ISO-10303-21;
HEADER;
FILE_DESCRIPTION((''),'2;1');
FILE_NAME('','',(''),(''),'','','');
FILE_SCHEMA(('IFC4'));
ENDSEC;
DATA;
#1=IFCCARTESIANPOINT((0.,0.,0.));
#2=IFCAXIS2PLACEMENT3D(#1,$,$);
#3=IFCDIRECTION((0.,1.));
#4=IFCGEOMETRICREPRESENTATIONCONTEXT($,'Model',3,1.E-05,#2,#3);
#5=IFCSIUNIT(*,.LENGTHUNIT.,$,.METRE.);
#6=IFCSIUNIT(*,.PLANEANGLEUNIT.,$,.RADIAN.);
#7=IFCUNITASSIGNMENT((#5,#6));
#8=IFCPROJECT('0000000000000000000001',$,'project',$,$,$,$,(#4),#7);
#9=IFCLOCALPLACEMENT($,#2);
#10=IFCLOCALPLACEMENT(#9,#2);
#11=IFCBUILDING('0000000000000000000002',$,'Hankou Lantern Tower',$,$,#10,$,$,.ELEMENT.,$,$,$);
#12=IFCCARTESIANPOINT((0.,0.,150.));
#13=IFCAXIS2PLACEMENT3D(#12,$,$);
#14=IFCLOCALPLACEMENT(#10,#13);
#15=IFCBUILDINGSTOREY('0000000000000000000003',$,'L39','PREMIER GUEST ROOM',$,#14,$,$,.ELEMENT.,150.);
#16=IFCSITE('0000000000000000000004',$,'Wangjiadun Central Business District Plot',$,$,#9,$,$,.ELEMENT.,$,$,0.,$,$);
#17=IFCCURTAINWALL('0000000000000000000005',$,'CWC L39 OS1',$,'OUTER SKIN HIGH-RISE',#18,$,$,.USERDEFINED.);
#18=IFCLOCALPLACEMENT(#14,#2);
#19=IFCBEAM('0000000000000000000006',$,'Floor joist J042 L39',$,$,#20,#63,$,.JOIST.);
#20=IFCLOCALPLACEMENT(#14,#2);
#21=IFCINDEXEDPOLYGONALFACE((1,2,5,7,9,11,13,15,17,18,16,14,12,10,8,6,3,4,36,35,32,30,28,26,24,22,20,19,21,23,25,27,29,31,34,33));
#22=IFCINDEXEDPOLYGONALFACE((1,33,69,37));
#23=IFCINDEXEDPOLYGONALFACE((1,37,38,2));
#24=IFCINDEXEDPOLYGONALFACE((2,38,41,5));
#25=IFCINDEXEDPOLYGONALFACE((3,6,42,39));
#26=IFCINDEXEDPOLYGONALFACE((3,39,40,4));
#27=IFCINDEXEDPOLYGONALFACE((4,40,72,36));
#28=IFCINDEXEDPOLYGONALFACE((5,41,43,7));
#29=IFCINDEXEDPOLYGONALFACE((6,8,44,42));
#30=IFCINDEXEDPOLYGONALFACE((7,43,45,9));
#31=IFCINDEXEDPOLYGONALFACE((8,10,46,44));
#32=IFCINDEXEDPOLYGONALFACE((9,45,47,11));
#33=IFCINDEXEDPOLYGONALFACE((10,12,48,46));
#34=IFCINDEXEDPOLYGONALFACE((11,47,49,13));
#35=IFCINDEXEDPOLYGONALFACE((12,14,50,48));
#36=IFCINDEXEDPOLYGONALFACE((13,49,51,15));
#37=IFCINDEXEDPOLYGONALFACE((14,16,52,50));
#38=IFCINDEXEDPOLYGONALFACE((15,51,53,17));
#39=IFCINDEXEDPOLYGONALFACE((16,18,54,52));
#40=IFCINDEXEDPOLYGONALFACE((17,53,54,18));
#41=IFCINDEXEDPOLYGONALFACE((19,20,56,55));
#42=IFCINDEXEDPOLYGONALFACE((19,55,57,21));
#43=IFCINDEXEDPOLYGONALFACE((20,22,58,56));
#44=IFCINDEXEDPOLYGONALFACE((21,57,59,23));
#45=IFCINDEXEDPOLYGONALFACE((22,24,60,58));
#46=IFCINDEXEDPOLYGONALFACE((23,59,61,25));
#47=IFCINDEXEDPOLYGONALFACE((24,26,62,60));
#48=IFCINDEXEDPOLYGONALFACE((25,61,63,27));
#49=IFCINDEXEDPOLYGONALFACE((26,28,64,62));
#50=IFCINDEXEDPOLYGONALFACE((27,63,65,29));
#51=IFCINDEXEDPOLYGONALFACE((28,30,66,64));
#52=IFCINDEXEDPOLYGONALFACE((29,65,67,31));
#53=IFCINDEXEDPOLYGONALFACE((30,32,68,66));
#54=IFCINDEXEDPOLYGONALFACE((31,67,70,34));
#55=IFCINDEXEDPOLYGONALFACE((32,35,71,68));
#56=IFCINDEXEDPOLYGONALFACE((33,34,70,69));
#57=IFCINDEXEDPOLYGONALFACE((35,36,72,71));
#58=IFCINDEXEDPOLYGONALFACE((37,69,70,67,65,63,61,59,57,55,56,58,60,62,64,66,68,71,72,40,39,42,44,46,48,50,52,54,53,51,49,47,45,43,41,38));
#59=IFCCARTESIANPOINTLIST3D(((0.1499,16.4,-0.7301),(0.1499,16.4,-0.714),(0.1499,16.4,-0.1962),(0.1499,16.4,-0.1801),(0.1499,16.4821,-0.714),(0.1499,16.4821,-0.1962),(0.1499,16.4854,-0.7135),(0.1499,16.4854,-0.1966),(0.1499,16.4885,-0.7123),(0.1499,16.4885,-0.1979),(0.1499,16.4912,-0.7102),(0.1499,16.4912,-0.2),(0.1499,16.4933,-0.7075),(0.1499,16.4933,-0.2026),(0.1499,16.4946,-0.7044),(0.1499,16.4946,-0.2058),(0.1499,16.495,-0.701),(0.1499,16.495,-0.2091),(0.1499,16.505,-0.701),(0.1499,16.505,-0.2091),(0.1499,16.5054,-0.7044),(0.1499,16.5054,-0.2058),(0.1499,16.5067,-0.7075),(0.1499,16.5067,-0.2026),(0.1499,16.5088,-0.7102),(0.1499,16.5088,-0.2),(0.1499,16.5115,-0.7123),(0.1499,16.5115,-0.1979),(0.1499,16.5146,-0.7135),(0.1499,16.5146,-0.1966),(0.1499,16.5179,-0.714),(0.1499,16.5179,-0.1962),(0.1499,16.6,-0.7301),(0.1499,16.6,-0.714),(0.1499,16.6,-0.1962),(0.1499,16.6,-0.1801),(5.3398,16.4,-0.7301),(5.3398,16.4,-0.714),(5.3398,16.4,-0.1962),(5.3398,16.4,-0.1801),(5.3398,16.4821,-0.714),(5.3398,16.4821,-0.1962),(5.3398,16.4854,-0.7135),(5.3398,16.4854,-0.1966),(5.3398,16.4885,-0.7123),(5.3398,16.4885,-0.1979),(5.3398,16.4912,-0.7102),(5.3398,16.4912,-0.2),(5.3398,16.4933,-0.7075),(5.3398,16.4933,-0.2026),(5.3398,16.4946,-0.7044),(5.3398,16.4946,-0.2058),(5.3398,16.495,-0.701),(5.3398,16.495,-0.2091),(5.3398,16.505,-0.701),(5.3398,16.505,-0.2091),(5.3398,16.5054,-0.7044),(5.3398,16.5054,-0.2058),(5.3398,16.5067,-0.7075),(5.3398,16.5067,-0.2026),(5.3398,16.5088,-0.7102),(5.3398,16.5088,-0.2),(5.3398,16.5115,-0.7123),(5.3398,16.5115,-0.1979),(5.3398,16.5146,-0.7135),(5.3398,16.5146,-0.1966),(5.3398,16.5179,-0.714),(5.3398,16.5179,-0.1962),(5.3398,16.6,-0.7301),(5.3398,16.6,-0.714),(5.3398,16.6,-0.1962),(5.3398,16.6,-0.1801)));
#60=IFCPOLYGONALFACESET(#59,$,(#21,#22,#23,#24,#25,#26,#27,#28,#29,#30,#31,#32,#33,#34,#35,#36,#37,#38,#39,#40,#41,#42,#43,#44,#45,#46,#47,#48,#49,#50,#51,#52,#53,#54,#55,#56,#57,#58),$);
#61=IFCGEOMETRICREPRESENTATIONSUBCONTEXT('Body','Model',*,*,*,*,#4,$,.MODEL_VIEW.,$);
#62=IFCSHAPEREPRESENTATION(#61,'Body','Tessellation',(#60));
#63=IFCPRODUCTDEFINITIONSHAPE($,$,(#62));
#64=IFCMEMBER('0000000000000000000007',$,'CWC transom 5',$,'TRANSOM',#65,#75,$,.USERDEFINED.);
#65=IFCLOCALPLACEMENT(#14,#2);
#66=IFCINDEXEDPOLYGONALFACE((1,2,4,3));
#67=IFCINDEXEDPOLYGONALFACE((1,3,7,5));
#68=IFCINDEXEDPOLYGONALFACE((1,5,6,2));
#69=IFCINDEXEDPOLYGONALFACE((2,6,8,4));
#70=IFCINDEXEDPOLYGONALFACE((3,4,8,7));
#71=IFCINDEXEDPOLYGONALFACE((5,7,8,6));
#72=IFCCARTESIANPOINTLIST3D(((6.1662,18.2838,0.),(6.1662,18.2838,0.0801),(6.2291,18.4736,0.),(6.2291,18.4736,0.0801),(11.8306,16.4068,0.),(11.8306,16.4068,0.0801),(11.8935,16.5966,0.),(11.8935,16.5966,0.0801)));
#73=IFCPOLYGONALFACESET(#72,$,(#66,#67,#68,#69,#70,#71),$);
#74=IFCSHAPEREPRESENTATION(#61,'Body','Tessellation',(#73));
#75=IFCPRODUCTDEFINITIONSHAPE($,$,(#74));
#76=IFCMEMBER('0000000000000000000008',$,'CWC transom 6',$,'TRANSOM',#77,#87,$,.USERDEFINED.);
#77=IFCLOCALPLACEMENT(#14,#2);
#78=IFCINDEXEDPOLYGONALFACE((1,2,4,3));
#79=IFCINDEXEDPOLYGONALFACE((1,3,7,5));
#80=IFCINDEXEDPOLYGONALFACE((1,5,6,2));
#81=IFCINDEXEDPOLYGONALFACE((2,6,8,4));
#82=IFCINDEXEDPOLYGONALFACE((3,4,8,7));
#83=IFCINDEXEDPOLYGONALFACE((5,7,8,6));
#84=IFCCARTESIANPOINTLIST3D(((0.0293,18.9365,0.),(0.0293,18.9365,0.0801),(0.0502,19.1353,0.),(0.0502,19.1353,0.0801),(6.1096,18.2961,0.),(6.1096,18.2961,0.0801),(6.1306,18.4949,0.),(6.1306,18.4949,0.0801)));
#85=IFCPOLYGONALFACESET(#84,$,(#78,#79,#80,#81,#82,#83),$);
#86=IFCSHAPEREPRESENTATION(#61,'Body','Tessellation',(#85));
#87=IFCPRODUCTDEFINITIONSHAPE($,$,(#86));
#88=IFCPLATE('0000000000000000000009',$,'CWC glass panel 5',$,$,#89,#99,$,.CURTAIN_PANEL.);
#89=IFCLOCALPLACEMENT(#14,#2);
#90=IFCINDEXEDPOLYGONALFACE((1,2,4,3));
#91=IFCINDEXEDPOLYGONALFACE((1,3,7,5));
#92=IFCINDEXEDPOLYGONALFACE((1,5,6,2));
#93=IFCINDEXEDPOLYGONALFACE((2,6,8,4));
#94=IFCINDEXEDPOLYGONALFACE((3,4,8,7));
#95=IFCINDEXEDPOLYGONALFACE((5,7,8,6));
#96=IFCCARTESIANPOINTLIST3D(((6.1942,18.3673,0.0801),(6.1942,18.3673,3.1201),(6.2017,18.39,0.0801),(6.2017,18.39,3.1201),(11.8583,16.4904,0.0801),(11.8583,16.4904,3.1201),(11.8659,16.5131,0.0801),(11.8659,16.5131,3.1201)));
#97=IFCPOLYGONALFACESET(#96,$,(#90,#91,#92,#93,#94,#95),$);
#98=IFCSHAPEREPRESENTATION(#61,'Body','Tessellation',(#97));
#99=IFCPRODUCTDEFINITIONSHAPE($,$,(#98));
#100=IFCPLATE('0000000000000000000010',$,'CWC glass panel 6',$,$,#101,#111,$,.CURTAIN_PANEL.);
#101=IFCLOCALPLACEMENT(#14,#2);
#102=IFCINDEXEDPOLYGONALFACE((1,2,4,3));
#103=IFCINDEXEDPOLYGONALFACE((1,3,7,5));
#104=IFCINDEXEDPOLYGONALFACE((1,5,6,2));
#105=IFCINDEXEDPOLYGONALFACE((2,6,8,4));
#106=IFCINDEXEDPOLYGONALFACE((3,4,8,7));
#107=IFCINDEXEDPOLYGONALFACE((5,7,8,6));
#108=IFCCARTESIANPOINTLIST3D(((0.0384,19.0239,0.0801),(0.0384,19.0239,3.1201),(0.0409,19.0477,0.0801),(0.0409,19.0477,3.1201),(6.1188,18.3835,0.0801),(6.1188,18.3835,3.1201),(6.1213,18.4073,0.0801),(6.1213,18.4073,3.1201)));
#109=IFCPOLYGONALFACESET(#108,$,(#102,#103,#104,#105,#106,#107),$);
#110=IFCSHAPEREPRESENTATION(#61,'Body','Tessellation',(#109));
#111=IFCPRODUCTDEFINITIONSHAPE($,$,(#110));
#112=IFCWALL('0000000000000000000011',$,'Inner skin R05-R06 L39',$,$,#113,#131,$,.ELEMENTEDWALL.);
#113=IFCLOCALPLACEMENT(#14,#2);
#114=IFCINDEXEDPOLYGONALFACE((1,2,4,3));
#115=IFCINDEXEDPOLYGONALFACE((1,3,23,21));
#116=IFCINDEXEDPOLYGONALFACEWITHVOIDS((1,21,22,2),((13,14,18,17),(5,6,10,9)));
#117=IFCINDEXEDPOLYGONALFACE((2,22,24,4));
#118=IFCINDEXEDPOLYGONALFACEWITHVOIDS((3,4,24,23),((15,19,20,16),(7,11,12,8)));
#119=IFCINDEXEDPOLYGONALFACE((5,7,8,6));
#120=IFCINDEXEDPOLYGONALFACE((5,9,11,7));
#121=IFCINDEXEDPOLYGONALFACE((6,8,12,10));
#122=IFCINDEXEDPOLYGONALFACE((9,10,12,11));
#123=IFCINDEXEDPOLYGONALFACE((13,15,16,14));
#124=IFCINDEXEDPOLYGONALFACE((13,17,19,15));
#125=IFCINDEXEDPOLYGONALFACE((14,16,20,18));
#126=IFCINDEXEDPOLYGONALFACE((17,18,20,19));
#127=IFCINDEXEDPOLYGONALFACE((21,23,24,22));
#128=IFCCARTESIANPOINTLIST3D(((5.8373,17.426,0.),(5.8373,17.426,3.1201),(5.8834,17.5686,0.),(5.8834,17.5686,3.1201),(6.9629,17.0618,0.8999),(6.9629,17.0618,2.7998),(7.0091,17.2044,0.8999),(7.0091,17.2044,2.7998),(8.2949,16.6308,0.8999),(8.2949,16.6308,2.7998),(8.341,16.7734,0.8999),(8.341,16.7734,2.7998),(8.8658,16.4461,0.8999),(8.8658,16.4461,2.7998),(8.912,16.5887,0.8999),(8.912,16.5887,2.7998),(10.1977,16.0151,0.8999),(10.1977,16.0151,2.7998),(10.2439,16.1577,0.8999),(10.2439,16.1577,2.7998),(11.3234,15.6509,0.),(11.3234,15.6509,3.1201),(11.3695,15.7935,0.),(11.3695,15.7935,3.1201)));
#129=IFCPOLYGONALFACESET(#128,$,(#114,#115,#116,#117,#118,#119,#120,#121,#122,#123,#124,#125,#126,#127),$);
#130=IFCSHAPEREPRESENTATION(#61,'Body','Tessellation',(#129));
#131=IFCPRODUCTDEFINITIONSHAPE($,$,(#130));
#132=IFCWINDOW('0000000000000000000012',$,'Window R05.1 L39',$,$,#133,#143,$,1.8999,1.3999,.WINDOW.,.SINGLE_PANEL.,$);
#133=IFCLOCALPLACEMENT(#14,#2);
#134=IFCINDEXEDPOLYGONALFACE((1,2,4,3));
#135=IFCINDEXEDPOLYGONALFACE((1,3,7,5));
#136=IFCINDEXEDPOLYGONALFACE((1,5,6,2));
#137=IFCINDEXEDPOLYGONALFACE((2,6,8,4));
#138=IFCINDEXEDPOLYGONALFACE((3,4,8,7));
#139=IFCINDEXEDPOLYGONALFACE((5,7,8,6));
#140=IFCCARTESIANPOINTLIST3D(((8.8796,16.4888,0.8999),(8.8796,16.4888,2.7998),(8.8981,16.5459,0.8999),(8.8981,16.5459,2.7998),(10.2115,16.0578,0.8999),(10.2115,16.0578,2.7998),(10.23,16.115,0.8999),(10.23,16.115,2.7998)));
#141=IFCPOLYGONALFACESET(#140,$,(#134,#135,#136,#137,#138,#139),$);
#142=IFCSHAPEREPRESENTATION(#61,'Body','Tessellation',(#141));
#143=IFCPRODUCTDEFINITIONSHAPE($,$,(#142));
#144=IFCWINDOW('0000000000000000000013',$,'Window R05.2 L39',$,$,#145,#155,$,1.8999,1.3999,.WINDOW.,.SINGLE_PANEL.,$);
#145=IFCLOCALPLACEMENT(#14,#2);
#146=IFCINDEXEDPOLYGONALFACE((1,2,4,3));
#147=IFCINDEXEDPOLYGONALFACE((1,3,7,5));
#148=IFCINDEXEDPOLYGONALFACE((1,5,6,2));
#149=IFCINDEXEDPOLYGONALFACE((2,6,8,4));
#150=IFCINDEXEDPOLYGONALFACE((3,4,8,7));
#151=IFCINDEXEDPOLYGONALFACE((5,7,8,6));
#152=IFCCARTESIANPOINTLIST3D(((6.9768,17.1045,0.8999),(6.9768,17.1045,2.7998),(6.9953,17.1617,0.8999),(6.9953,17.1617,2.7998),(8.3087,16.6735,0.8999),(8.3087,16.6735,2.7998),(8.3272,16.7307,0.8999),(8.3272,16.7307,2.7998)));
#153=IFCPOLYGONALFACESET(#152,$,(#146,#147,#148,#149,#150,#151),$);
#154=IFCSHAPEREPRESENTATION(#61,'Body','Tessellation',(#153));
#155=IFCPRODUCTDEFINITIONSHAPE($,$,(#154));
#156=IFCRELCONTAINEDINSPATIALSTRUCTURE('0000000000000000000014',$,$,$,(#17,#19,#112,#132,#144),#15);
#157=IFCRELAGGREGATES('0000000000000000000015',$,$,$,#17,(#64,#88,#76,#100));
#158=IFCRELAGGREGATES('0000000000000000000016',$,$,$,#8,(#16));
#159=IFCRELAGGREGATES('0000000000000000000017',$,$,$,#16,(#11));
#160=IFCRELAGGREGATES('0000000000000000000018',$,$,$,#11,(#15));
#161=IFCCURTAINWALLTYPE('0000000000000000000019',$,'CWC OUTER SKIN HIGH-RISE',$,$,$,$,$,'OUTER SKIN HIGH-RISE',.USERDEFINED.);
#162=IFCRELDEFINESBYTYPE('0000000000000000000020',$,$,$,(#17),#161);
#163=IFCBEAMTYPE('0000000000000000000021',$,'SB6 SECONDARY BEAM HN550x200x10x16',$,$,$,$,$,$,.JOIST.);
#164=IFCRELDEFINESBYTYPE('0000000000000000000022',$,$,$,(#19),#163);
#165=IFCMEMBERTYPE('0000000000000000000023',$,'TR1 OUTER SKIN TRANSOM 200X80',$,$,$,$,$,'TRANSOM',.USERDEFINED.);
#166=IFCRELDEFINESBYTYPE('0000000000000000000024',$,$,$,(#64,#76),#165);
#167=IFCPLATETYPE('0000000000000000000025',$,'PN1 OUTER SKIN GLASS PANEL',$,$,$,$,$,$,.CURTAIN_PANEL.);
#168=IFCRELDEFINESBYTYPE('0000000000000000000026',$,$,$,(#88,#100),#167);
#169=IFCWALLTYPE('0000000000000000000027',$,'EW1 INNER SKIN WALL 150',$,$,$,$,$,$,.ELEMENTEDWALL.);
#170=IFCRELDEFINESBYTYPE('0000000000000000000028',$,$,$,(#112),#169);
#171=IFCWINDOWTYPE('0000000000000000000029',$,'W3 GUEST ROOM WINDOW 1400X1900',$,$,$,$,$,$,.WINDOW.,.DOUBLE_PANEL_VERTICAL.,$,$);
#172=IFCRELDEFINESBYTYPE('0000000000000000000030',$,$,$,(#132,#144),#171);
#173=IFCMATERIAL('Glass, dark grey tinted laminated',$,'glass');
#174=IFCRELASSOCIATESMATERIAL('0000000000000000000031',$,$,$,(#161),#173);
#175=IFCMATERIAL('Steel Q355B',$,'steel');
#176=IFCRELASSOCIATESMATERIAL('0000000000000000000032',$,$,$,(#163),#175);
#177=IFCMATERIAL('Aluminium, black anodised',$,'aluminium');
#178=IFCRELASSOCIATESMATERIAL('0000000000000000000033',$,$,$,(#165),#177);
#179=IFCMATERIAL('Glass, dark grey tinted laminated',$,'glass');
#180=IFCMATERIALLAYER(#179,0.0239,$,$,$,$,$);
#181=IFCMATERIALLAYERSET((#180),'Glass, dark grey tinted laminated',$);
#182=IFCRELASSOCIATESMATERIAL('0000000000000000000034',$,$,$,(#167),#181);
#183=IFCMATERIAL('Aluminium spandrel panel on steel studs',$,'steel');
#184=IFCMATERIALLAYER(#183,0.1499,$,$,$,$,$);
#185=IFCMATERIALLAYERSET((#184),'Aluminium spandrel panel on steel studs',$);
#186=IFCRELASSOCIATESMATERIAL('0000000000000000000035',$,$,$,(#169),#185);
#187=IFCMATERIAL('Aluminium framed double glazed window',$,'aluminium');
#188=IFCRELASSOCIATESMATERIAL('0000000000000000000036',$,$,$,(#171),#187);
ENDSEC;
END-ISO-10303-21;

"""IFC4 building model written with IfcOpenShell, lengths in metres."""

from ifc_helpers import new_model, si_unit, direction, frame, frame_2d, origin, origin_2d, place, context, subcontext, project, spatial, rectangle, i_section, extrude, material, layer, layer_set, material_profile, profile_set, type_object, element, fill, aggregate, save


model = new_model("IFC4")

# Units and contexts
model_context = context("Model", 3, precision=1e-05, world=origin(), true_north=direction((0.0, 1.0)))
body_context = subcontext(model_context, "Body", "Model", "MODEL_VIEW")
ifc_project = project(units=[si_unit("LENGTHUNIT", "METRE"), si_unit("PLANEANGLEUNIT", "RADIAN")], contexts=[model_context])

# Site, building, storey
site_placement = place(None, origin())
site = spatial("IfcSite", under=ifc_project, at=site_placement, Name="Wangjiadun Central Business District Plot", CompositionType="ELEMENT", RefElevation=0.0)
building_placement = place(site_placement, origin())
building = spatial("IfcBuilding", under=site, at=building_placement, Name="Hankou Lantern Tower", CompositionType="ELEMENT")
storey_placement = place(building_placement, frame((0.0, 0.0, 150.0)))
storey = spatial("IfcBuildingStorey", under=building, at=storey_placement, Name="L39", Description="PREMIER GUEST ROOM", CompositionType="ELEMENT", Elevation=150.0)

# Curtain wall
ifc_material_1 = material(Name="Glass, dark grey tinted laminated", Category="glass")
curtain_wall_type = type_object("IfcCurtainWallType", Name="CWC OUTER SKIN HIGH-RISE", ElementType="OUTER SKIN HIGH-RISE", PredefinedType="USERDEFINED", material=ifc_material_1)
curtain_wall_1_placement = place(storey_placement, origin())
curtain_wall_1 = element("IfcCurtainWall", 1, at=curtain_wall_1_placement, inside=storey, type_object=curtain_wall_type, Name="CWC L39 OS1", ObjectType="OUTER SKIN HIGH-RISE", PredefinedType="USERDEFINED")

# Beam
ifc_material_2 = material(Name="Steel Q355B", Category="steel")
ifc_material_profile_1 = material_profile(ifc_material_2, i_section(OverallWidth=0.2, OverallDepth=0.55, WebThickness=0.01, FlangeThickness=0.0161, FilletRadius=0.0129, at=origin_2d()), Name="HN550x200x10x16")
ifc_profile_set_1 = profile_set([ifc_material_profile_1], Name="Steel Q355B")
beam_type_1 = type_object("IfcBeamType", Name="SB6 SECONDARY BEAM HN550x200x10x16", PredefinedType="JOIST", material=ifc_profile_set_1)
beam_1_placement = place(storey_placement, frame((0.1499, 16.5, -0.4551), z_axis=(1.0, 0.0, 0.0), x_axis=(0.0, 1.0, 0.0)))
element("IfcBeam", 2, at=beam_1_placement, inside=storey, type_object=beam_type_1, Name="Floor joist J042 L39", PredefinedType="JOIST", context=body_context, shape_type="SweptSolid", body=[
    extrude(i_section(OverallWidth=0.2, OverallDepth=0.55, WebThickness=0.01, FlangeThickness=0.0161, FilletRadius=0.0129, at=origin_2d()), origin(), (0.0, 0.0, 1.0), 5.1899),
])

# Members
ifc_material_3 = material(Name="Aluminium, black anodised", Category="aluminium")
ifc_material_profile_2 = material_profile(ifc_material_3, rectangle(XDim=0.2, YDim=0.0801, at=origin_2d()), Name="TR1 200X80")
ifc_profile_set_2 = profile_set([ifc_material_profile_2], Name="Aluminium, black anodised")
member_type_1 = type_object("IfcMemberType", Name="TR1 OUTER SKIN TRANSOM 200X80", ElementType="TRANSOM", PredefinedType="USERDEFINED", material=ifc_profile_set_2)
member_1_placement = place(storey_placement, frame((11.8621, 16.5017, 0.04), z_axis=(-0.949242, 0.314546, 0.0), x_axis=(-0.314546, -0.949242, 0.0)))
member_1 = element("IfcMember", 3, at=member_1_placement, type_object=member_type_1, Name="CWC transom 5", ObjectType="TRANSOM", PredefinedType="USERDEFINED", context=body_context, shape_type="SweptSolid", body=[
    extrude(rectangle(XDim=0.2, YDim=0.0801, at=origin_2d()), origin(), (0.0, 0.0, 1.0), 5.9673),
])
member_2_placement = place(storey_placement, frame((6.1201, 18.3955, 0.04), z_axis=(-0.9945, 0.104741, 0.0), x_axis=(-0.104741, -0.9945, 0.0)))
member_2 = element("IfcMember", 4, at=member_2_placement, type_object=member_type_1, Name="CWC transom 6", ObjectType="TRANSOM", PredefinedType="USERDEFINED", context=body_context, shape_type="SweptSolid", body=[
    extrude(rectangle(XDim=0.2, YDim=0.0801, at=origin_2d()), origin(), (0.0, 0.0, 1.0), 6.114),
])

# Plates
ifc_material_4 = material(Name="Glass, dark grey tinted laminated", Category="glass")
ifc_layer_1 = layer(ifc_material_4, 0.0239)
ifc_layer_set_1 = layer_set([ifc_layer_1], Name="Glass, dark grey tinted laminated")
plate_type = type_object("IfcPlateType", Name="PN1 OUTER SKIN GLASS PANEL", PredefinedType="CURTAIN_PANEL", material=ifc_layer_set_1)
plate_1_placement = place(storey_placement, frame((9.03, 17.4402, 0.0801), z_axis=(0.0, 0.0, 1.0), x_axis=(-0.949241, 0.314551, 0.0)))
plate_1 = element("IfcPlate", 5, at=plate_1_placement, type_object=plate_type, Name="CWC glass panel 5", PredefinedType="CURTAIN_PANEL", context=body_context, shape_type="SweptSolid", body=[
    extrude(rectangle(XDim=5.967, YDim=0.0239, at=origin_2d()), origin(), (0.0, 0.0, 1.0), 3.04),
])
plate_2_placement = place(storey_placement, frame((3.0798, 18.7156, 0.0801), z_axis=(0.0, 0.0, 1.0), x_axis=(-0.994499, 0.104743, 0.0)))
plate_2 = element("IfcPlate", 6, at=plate_2_placement, type_object=plate_type, Name="CWC glass panel 6", PredefinedType="CURTAIN_PANEL", context=body_context, shape_type="SweptSolid", body=[
    extrude(rectangle(XDim=6.114, YDim=0.0239, at=origin_2d()), origin(), (0.0, 0.0, 1.0), 3.04),
])
aggregate(curtain_wall_1, [member_1, plate_1, member_2, plate_2])

# Wall, openings, windows
ifc_material_5 = material(Name="Aluminium spandrel panel on steel studs", Category="steel")
ifc_layer_2 = layer(ifc_material_5, 0.1499)
ifc_layer_set_2 = layer_set([ifc_layer_2], Name="Aluminium spandrel panel on steel studs")
wall_type_1 = type_object("IfcWallType", Name="EW1 INNER SKIN WALL 150", PredefinedType="ELEMENTEDWALL", material=ifc_layer_set_2)
wall_1_placement = place(storey_placement, frame((11.3464, 15.7222, 0.0), z_axis=(0.0, 0.0, 1.0), x_axis=(-0.951432, 0.307857, 0.0)))
wall_1 = element("IfcWall", 7, at=wall_1_placement, inside=storey, type_object=wall_type_1, Name="Inner skin R05-R06 L39", PredefinedType="ELEMENTEDWALL", context=body_context, shape_type="SweptSolid", body=[
    extrude(rectangle(XDim=5.7661, YDim=0.1499, at=frame_2d((2.8831, 0.0))), origin(), (0.0, 0.0, 1.0), 3.1201),
])
opening_1_placement = place(wall_1_placement, frame((1.1831, 0.0, 0.8999)))
opening_1 = element("IfcOpeningElement", 8, at=opening_1_placement, cuts=wall_1, PredefinedType="OPENING", context=body_context, shape_type="SweptSolid", body=[
    extrude(rectangle(XDim=1.3999, YDim=1.8999, at=frame_2d((0.7, 0.95))), frame((0.0, 0.085, 0.0), z_axis=(0.0, -1.0, 0.0), x_axis=(1.0, 0.0, 0.0)), (0.0, 0.0, 1.0), 0.1699),
])
opening_2_placement = place(wall_1_placement, frame((3.1831, 0.0, 0.8999)))
opening_2 = element("IfcOpeningElement", 9, at=opening_2_placement, cuts=wall_1, PredefinedType="OPENING", context=body_context, shape_type="SweptSolid", body=[
    extrude(rectangle(XDim=1.3999, YDim=1.8999, at=frame_2d((0.7, 0.95))), frame((0.0, 0.085, 0.0), z_axis=(0.0, -1.0, 0.0), x_axis=(1.0, 0.0, 0.0)), (0.0, 0.0, 1.0), 0.1699),
])
ifc_material_6 = material(Name="Aluminium framed double glazed window", Category="aluminium")
window_type = type_object("IfcWindowType", Name="W3 GUEST ROOM WINDOW 1400X1900", PartitioningType="DOUBLE_PANEL_VERTICAL", PredefinedType="WINDOW", material=ifc_material_6)
window_1_placement = place(opening_1_placement, origin())
window_1 = element("IfcWindow", 10, at=window_1_placement, inside=storey, type_object=window_type, Name="Window R05.1 L39", OverallHeight=1.8999, OverallWidth=1.3999, PartitioningType="SINGLE_PANEL", PredefinedType="WINDOW", context=body_context, shape_type="SweptSolid", body=[
    extrude(rectangle(XDim=1.3999, YDim=1.8999, at=frame_2d((0.7, 0.95))), frame((0.0, 0.03, 0.0), z_axis=(0.0, -1.0, 0.0), x_axis=(1.0, 0.0, 0.0)), (0.0, 0.0, 1.0), 0.0601),
])
fill(opening_1, window_1)
window_2_placement = place(opening_2_placement, origin())
window_2 = element("IfcWindow", 11, at=window_2_placement, inside=storey, type_object=window_type, Name="Window R05.2 L39", OverallHeight=1.8999, OverallWidth=1.3999, PartitioningType="SINGLE_PANEL", PredefinedType="WINDOW", context=body_context, shape_type="SweptSolid", body=[
    extrude(rectangle(XDim=1.3999, YDim=1.8999, at=frame_2d((0.7, 0.95))), frame((0.0, 0.03, 0.0), z_axis=(0.0, -1.0, 0.0), x_axis=(1.0, 0.0, 0.0)), (0.0, 0.0, 1.0), 0.0601),
])
fill(opening_2, window_2)

save(model, "model.ifc")
